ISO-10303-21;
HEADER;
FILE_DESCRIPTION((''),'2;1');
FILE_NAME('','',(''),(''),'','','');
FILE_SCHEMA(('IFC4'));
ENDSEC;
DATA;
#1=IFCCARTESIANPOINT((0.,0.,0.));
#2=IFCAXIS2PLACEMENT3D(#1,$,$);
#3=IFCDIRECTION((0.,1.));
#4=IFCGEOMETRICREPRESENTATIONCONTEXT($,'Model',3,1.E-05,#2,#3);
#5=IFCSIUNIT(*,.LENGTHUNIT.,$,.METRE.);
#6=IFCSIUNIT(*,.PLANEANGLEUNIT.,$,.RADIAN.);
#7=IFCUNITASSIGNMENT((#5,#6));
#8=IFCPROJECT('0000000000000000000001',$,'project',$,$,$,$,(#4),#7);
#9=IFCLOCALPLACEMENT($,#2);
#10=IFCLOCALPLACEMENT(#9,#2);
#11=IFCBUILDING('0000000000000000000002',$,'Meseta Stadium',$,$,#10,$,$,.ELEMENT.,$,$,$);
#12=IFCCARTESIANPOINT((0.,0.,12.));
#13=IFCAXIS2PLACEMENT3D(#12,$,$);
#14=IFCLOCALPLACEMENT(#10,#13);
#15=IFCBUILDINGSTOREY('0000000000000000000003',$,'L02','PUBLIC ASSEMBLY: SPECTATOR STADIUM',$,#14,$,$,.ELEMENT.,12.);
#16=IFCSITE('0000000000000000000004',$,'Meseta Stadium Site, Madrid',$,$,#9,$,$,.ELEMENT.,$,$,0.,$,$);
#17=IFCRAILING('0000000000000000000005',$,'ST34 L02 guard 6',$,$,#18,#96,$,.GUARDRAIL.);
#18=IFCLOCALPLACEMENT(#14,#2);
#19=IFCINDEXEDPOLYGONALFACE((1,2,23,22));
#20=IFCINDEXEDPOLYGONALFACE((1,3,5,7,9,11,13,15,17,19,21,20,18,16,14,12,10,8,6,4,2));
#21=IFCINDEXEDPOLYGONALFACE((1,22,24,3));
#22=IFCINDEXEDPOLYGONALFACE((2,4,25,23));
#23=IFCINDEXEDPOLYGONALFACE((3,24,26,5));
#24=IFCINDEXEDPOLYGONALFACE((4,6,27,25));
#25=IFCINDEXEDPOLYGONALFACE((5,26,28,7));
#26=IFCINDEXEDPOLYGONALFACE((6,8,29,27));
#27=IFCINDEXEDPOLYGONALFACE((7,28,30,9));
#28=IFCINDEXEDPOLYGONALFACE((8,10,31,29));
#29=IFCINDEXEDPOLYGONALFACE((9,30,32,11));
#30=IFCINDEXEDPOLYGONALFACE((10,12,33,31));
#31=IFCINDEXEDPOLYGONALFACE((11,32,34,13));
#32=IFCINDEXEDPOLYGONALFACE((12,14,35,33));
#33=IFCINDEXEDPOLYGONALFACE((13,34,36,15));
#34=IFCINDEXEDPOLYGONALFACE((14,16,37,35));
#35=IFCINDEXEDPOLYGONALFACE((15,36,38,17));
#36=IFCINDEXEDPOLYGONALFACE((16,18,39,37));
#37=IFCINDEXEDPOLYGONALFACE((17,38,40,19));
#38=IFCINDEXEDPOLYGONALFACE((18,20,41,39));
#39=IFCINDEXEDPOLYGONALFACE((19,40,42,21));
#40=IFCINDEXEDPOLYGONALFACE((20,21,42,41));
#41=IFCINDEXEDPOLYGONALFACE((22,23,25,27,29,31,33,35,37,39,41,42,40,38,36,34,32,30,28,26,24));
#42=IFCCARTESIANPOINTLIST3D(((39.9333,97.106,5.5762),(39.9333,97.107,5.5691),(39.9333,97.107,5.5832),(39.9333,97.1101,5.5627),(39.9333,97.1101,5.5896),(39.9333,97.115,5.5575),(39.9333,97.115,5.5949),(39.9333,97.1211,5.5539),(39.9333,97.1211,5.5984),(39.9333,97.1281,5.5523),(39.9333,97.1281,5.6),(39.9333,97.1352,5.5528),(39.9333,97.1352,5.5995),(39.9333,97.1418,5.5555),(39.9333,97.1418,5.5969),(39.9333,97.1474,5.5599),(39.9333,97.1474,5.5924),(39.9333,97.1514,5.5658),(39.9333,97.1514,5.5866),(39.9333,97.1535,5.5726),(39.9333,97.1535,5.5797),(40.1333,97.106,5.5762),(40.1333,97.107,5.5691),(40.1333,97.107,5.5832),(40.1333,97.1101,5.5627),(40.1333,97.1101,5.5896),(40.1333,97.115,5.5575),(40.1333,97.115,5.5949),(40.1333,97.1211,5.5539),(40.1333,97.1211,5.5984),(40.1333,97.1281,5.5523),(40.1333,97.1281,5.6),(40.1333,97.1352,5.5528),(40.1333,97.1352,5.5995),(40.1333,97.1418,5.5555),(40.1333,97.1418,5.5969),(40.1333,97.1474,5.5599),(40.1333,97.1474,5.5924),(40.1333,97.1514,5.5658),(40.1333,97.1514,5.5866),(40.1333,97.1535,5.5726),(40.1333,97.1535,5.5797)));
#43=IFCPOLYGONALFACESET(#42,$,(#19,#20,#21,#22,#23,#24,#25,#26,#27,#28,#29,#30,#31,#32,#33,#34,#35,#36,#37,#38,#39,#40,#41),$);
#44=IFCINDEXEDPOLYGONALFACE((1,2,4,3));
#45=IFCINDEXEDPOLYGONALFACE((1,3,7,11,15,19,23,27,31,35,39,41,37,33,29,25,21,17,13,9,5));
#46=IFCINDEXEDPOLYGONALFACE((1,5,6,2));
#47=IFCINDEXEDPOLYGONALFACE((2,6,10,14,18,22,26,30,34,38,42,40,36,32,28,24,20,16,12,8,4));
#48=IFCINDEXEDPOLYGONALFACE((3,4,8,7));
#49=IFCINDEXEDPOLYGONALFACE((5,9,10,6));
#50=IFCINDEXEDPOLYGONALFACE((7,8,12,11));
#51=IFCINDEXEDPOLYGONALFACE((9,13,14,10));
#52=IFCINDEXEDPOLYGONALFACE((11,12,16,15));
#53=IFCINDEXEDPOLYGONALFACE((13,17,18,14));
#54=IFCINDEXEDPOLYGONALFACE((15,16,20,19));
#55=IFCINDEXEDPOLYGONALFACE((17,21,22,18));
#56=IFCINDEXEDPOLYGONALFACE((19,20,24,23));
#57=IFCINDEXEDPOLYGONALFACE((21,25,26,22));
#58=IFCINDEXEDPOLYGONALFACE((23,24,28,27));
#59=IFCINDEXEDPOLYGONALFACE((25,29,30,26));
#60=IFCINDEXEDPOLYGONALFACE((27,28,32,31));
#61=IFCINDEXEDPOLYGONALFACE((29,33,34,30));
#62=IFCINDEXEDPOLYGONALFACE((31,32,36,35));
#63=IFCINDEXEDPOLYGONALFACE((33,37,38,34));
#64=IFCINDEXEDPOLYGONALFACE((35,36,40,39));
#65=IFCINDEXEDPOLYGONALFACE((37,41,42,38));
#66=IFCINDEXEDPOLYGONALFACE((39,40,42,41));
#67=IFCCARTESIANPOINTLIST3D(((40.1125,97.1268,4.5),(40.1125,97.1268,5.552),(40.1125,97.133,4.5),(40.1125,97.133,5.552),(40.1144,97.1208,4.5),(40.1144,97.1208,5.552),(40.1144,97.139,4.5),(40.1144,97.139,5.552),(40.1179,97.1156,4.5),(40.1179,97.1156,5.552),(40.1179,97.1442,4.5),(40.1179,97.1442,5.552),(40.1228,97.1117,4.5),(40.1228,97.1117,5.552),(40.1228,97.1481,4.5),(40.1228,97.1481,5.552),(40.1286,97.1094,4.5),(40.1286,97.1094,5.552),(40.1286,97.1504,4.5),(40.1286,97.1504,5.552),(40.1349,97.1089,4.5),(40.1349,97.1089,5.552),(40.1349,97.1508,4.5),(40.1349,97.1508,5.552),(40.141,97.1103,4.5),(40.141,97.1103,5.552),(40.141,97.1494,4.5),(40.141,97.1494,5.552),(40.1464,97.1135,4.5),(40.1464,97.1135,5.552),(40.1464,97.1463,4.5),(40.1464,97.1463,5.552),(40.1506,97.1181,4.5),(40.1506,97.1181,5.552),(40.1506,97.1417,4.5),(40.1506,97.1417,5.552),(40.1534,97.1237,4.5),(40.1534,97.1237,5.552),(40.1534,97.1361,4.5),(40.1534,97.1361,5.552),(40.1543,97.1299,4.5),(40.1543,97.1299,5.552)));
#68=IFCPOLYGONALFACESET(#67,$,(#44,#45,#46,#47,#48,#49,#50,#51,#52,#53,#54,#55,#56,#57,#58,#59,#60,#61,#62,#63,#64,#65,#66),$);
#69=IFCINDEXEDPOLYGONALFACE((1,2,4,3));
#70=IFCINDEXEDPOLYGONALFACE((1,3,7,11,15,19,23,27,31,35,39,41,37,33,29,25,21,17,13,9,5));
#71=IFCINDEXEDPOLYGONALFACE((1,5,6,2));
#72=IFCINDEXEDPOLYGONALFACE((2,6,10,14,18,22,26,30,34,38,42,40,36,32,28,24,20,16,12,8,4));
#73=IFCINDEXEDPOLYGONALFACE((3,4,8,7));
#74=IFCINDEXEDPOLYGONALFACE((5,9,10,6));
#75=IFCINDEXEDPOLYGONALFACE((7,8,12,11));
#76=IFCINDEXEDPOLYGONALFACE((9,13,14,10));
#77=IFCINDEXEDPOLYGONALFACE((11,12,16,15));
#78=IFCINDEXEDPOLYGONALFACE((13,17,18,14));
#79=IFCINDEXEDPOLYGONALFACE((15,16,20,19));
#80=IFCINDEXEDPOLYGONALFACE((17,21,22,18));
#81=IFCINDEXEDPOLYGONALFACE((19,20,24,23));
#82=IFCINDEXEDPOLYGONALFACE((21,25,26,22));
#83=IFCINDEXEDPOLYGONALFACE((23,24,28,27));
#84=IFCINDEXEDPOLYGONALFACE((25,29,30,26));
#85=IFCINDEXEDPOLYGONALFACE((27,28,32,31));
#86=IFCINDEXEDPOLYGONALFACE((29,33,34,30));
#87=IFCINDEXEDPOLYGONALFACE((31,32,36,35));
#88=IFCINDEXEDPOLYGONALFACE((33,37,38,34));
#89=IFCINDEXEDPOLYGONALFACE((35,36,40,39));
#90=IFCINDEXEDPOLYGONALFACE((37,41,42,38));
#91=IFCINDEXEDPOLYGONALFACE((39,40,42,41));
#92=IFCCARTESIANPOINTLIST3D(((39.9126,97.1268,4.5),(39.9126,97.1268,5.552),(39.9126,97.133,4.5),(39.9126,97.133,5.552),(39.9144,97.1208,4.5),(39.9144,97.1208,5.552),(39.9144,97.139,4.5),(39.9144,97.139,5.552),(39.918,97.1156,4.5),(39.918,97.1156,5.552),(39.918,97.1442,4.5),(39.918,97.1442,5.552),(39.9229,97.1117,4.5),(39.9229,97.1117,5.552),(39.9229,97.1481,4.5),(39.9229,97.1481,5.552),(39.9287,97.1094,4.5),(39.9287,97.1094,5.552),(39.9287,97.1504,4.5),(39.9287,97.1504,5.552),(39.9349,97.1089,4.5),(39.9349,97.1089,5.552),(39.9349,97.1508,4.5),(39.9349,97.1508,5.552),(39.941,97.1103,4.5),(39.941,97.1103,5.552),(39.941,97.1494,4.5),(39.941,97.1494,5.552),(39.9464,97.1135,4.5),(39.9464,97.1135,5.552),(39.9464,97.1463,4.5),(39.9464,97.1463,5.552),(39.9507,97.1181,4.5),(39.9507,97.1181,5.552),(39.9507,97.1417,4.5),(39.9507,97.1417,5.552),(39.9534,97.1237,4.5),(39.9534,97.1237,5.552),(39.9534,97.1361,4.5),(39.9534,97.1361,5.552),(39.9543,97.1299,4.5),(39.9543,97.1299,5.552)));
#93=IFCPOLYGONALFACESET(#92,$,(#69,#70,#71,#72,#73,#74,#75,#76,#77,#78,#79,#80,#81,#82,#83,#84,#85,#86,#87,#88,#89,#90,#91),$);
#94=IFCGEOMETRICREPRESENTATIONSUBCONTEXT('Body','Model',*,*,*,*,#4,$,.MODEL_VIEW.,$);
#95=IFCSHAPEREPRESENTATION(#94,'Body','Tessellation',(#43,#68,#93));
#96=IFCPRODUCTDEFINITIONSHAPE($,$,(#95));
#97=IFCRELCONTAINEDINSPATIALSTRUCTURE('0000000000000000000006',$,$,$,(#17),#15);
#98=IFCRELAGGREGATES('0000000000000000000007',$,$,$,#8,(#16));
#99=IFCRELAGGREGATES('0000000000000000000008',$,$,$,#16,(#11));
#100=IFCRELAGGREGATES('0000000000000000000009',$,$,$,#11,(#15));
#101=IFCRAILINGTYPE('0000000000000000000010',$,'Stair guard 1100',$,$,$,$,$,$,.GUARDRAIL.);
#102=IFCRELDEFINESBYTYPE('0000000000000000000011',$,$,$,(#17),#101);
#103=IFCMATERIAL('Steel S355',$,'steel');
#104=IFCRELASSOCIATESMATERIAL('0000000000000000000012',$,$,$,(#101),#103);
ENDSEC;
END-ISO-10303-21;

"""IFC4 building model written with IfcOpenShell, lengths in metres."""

from ifc_helpers import new_model, si_unit, direction, frame, origin, origin_2d, place, context, subcontext, project, spatial, circle, extrude, material, type_object, element, save


model = new_model("IFC4")

# Units and contexts
model_context = context("Model", 3, precision=1e-05, world=origin(), true_north=direction((0.0, 1.0)))
body_context = subcontext(model_context, "Body", "Model", "MODEL_VIEW")
ifc_project = project(units=[si_unit("LENGTHUNIT", "METRE"), si_unit("PLANEANGLEUNIT", "RADIAN")], contexts=[model_context])

# Site, building, storey
site_placement = place(None, origin())
site = spatial("IfcSite", under=ifc_project, at=site_placement, Name="Meseta Stadium Site, Madrid", CompositionType="ELEMENT", RefElevation=0.0)
building_placement = place(site_placement, origin())
building = spatial("IfcBuilding", under=site, at=building_placement, Name="Meseta Stadium", CompositionType="ELEMENT")
storey_placement = place(building_placement, frame((0.0, 0.0, 12.0)))
storey = spatial("IfcBuildingStorey", under=building, at=storey_placement, Name="L02", Description="PUBLIC ASSEMBLY: SPECTATOR STADIUM", CompositionType="ELEMENT", Elevation=12.0)

# Railing
ifc_material_1 = material(Name="Steel S355", Category="steel")
railing_type_1 = type_object("IfcRailingType", Name="Stair guard 1100", PredefinedType="GUARDRAIL", material=ifc_material_1)
railing_1_placement = place(storey_placement, frame((40.1333, 97.1299, 4.5)))
element("IfcRailing", 1, at=railing_1_placement, inside=storey, type_object=railing_type_1, Name="ST34 L02 guard 6", PredefinedType="GUARDRAIL", context=body_context, shape_type="SweptSolid", body=[
    extrude(circle(Radius=0.0239, at=origin_2d()), frame((0.0, 0.0, 1.0762), z_axis=(-1.0, 0.0, 0.0), x_axis=(0.0, -1.0, 0.0)), (0.0, 0.0, 1.0), 0.2),
    extrude(circle(Radius=0.021, at=origin_2d()), origin(), (0.0, 0.0, 1.0), 1.052),
    extrude(circle(Radius=0.021, at=origin_2d()), frame((-0.2, 0.0, 0.0)), (0.0, 0.0, 1.0), 1.052),
])

save(model, "model.ifc")
